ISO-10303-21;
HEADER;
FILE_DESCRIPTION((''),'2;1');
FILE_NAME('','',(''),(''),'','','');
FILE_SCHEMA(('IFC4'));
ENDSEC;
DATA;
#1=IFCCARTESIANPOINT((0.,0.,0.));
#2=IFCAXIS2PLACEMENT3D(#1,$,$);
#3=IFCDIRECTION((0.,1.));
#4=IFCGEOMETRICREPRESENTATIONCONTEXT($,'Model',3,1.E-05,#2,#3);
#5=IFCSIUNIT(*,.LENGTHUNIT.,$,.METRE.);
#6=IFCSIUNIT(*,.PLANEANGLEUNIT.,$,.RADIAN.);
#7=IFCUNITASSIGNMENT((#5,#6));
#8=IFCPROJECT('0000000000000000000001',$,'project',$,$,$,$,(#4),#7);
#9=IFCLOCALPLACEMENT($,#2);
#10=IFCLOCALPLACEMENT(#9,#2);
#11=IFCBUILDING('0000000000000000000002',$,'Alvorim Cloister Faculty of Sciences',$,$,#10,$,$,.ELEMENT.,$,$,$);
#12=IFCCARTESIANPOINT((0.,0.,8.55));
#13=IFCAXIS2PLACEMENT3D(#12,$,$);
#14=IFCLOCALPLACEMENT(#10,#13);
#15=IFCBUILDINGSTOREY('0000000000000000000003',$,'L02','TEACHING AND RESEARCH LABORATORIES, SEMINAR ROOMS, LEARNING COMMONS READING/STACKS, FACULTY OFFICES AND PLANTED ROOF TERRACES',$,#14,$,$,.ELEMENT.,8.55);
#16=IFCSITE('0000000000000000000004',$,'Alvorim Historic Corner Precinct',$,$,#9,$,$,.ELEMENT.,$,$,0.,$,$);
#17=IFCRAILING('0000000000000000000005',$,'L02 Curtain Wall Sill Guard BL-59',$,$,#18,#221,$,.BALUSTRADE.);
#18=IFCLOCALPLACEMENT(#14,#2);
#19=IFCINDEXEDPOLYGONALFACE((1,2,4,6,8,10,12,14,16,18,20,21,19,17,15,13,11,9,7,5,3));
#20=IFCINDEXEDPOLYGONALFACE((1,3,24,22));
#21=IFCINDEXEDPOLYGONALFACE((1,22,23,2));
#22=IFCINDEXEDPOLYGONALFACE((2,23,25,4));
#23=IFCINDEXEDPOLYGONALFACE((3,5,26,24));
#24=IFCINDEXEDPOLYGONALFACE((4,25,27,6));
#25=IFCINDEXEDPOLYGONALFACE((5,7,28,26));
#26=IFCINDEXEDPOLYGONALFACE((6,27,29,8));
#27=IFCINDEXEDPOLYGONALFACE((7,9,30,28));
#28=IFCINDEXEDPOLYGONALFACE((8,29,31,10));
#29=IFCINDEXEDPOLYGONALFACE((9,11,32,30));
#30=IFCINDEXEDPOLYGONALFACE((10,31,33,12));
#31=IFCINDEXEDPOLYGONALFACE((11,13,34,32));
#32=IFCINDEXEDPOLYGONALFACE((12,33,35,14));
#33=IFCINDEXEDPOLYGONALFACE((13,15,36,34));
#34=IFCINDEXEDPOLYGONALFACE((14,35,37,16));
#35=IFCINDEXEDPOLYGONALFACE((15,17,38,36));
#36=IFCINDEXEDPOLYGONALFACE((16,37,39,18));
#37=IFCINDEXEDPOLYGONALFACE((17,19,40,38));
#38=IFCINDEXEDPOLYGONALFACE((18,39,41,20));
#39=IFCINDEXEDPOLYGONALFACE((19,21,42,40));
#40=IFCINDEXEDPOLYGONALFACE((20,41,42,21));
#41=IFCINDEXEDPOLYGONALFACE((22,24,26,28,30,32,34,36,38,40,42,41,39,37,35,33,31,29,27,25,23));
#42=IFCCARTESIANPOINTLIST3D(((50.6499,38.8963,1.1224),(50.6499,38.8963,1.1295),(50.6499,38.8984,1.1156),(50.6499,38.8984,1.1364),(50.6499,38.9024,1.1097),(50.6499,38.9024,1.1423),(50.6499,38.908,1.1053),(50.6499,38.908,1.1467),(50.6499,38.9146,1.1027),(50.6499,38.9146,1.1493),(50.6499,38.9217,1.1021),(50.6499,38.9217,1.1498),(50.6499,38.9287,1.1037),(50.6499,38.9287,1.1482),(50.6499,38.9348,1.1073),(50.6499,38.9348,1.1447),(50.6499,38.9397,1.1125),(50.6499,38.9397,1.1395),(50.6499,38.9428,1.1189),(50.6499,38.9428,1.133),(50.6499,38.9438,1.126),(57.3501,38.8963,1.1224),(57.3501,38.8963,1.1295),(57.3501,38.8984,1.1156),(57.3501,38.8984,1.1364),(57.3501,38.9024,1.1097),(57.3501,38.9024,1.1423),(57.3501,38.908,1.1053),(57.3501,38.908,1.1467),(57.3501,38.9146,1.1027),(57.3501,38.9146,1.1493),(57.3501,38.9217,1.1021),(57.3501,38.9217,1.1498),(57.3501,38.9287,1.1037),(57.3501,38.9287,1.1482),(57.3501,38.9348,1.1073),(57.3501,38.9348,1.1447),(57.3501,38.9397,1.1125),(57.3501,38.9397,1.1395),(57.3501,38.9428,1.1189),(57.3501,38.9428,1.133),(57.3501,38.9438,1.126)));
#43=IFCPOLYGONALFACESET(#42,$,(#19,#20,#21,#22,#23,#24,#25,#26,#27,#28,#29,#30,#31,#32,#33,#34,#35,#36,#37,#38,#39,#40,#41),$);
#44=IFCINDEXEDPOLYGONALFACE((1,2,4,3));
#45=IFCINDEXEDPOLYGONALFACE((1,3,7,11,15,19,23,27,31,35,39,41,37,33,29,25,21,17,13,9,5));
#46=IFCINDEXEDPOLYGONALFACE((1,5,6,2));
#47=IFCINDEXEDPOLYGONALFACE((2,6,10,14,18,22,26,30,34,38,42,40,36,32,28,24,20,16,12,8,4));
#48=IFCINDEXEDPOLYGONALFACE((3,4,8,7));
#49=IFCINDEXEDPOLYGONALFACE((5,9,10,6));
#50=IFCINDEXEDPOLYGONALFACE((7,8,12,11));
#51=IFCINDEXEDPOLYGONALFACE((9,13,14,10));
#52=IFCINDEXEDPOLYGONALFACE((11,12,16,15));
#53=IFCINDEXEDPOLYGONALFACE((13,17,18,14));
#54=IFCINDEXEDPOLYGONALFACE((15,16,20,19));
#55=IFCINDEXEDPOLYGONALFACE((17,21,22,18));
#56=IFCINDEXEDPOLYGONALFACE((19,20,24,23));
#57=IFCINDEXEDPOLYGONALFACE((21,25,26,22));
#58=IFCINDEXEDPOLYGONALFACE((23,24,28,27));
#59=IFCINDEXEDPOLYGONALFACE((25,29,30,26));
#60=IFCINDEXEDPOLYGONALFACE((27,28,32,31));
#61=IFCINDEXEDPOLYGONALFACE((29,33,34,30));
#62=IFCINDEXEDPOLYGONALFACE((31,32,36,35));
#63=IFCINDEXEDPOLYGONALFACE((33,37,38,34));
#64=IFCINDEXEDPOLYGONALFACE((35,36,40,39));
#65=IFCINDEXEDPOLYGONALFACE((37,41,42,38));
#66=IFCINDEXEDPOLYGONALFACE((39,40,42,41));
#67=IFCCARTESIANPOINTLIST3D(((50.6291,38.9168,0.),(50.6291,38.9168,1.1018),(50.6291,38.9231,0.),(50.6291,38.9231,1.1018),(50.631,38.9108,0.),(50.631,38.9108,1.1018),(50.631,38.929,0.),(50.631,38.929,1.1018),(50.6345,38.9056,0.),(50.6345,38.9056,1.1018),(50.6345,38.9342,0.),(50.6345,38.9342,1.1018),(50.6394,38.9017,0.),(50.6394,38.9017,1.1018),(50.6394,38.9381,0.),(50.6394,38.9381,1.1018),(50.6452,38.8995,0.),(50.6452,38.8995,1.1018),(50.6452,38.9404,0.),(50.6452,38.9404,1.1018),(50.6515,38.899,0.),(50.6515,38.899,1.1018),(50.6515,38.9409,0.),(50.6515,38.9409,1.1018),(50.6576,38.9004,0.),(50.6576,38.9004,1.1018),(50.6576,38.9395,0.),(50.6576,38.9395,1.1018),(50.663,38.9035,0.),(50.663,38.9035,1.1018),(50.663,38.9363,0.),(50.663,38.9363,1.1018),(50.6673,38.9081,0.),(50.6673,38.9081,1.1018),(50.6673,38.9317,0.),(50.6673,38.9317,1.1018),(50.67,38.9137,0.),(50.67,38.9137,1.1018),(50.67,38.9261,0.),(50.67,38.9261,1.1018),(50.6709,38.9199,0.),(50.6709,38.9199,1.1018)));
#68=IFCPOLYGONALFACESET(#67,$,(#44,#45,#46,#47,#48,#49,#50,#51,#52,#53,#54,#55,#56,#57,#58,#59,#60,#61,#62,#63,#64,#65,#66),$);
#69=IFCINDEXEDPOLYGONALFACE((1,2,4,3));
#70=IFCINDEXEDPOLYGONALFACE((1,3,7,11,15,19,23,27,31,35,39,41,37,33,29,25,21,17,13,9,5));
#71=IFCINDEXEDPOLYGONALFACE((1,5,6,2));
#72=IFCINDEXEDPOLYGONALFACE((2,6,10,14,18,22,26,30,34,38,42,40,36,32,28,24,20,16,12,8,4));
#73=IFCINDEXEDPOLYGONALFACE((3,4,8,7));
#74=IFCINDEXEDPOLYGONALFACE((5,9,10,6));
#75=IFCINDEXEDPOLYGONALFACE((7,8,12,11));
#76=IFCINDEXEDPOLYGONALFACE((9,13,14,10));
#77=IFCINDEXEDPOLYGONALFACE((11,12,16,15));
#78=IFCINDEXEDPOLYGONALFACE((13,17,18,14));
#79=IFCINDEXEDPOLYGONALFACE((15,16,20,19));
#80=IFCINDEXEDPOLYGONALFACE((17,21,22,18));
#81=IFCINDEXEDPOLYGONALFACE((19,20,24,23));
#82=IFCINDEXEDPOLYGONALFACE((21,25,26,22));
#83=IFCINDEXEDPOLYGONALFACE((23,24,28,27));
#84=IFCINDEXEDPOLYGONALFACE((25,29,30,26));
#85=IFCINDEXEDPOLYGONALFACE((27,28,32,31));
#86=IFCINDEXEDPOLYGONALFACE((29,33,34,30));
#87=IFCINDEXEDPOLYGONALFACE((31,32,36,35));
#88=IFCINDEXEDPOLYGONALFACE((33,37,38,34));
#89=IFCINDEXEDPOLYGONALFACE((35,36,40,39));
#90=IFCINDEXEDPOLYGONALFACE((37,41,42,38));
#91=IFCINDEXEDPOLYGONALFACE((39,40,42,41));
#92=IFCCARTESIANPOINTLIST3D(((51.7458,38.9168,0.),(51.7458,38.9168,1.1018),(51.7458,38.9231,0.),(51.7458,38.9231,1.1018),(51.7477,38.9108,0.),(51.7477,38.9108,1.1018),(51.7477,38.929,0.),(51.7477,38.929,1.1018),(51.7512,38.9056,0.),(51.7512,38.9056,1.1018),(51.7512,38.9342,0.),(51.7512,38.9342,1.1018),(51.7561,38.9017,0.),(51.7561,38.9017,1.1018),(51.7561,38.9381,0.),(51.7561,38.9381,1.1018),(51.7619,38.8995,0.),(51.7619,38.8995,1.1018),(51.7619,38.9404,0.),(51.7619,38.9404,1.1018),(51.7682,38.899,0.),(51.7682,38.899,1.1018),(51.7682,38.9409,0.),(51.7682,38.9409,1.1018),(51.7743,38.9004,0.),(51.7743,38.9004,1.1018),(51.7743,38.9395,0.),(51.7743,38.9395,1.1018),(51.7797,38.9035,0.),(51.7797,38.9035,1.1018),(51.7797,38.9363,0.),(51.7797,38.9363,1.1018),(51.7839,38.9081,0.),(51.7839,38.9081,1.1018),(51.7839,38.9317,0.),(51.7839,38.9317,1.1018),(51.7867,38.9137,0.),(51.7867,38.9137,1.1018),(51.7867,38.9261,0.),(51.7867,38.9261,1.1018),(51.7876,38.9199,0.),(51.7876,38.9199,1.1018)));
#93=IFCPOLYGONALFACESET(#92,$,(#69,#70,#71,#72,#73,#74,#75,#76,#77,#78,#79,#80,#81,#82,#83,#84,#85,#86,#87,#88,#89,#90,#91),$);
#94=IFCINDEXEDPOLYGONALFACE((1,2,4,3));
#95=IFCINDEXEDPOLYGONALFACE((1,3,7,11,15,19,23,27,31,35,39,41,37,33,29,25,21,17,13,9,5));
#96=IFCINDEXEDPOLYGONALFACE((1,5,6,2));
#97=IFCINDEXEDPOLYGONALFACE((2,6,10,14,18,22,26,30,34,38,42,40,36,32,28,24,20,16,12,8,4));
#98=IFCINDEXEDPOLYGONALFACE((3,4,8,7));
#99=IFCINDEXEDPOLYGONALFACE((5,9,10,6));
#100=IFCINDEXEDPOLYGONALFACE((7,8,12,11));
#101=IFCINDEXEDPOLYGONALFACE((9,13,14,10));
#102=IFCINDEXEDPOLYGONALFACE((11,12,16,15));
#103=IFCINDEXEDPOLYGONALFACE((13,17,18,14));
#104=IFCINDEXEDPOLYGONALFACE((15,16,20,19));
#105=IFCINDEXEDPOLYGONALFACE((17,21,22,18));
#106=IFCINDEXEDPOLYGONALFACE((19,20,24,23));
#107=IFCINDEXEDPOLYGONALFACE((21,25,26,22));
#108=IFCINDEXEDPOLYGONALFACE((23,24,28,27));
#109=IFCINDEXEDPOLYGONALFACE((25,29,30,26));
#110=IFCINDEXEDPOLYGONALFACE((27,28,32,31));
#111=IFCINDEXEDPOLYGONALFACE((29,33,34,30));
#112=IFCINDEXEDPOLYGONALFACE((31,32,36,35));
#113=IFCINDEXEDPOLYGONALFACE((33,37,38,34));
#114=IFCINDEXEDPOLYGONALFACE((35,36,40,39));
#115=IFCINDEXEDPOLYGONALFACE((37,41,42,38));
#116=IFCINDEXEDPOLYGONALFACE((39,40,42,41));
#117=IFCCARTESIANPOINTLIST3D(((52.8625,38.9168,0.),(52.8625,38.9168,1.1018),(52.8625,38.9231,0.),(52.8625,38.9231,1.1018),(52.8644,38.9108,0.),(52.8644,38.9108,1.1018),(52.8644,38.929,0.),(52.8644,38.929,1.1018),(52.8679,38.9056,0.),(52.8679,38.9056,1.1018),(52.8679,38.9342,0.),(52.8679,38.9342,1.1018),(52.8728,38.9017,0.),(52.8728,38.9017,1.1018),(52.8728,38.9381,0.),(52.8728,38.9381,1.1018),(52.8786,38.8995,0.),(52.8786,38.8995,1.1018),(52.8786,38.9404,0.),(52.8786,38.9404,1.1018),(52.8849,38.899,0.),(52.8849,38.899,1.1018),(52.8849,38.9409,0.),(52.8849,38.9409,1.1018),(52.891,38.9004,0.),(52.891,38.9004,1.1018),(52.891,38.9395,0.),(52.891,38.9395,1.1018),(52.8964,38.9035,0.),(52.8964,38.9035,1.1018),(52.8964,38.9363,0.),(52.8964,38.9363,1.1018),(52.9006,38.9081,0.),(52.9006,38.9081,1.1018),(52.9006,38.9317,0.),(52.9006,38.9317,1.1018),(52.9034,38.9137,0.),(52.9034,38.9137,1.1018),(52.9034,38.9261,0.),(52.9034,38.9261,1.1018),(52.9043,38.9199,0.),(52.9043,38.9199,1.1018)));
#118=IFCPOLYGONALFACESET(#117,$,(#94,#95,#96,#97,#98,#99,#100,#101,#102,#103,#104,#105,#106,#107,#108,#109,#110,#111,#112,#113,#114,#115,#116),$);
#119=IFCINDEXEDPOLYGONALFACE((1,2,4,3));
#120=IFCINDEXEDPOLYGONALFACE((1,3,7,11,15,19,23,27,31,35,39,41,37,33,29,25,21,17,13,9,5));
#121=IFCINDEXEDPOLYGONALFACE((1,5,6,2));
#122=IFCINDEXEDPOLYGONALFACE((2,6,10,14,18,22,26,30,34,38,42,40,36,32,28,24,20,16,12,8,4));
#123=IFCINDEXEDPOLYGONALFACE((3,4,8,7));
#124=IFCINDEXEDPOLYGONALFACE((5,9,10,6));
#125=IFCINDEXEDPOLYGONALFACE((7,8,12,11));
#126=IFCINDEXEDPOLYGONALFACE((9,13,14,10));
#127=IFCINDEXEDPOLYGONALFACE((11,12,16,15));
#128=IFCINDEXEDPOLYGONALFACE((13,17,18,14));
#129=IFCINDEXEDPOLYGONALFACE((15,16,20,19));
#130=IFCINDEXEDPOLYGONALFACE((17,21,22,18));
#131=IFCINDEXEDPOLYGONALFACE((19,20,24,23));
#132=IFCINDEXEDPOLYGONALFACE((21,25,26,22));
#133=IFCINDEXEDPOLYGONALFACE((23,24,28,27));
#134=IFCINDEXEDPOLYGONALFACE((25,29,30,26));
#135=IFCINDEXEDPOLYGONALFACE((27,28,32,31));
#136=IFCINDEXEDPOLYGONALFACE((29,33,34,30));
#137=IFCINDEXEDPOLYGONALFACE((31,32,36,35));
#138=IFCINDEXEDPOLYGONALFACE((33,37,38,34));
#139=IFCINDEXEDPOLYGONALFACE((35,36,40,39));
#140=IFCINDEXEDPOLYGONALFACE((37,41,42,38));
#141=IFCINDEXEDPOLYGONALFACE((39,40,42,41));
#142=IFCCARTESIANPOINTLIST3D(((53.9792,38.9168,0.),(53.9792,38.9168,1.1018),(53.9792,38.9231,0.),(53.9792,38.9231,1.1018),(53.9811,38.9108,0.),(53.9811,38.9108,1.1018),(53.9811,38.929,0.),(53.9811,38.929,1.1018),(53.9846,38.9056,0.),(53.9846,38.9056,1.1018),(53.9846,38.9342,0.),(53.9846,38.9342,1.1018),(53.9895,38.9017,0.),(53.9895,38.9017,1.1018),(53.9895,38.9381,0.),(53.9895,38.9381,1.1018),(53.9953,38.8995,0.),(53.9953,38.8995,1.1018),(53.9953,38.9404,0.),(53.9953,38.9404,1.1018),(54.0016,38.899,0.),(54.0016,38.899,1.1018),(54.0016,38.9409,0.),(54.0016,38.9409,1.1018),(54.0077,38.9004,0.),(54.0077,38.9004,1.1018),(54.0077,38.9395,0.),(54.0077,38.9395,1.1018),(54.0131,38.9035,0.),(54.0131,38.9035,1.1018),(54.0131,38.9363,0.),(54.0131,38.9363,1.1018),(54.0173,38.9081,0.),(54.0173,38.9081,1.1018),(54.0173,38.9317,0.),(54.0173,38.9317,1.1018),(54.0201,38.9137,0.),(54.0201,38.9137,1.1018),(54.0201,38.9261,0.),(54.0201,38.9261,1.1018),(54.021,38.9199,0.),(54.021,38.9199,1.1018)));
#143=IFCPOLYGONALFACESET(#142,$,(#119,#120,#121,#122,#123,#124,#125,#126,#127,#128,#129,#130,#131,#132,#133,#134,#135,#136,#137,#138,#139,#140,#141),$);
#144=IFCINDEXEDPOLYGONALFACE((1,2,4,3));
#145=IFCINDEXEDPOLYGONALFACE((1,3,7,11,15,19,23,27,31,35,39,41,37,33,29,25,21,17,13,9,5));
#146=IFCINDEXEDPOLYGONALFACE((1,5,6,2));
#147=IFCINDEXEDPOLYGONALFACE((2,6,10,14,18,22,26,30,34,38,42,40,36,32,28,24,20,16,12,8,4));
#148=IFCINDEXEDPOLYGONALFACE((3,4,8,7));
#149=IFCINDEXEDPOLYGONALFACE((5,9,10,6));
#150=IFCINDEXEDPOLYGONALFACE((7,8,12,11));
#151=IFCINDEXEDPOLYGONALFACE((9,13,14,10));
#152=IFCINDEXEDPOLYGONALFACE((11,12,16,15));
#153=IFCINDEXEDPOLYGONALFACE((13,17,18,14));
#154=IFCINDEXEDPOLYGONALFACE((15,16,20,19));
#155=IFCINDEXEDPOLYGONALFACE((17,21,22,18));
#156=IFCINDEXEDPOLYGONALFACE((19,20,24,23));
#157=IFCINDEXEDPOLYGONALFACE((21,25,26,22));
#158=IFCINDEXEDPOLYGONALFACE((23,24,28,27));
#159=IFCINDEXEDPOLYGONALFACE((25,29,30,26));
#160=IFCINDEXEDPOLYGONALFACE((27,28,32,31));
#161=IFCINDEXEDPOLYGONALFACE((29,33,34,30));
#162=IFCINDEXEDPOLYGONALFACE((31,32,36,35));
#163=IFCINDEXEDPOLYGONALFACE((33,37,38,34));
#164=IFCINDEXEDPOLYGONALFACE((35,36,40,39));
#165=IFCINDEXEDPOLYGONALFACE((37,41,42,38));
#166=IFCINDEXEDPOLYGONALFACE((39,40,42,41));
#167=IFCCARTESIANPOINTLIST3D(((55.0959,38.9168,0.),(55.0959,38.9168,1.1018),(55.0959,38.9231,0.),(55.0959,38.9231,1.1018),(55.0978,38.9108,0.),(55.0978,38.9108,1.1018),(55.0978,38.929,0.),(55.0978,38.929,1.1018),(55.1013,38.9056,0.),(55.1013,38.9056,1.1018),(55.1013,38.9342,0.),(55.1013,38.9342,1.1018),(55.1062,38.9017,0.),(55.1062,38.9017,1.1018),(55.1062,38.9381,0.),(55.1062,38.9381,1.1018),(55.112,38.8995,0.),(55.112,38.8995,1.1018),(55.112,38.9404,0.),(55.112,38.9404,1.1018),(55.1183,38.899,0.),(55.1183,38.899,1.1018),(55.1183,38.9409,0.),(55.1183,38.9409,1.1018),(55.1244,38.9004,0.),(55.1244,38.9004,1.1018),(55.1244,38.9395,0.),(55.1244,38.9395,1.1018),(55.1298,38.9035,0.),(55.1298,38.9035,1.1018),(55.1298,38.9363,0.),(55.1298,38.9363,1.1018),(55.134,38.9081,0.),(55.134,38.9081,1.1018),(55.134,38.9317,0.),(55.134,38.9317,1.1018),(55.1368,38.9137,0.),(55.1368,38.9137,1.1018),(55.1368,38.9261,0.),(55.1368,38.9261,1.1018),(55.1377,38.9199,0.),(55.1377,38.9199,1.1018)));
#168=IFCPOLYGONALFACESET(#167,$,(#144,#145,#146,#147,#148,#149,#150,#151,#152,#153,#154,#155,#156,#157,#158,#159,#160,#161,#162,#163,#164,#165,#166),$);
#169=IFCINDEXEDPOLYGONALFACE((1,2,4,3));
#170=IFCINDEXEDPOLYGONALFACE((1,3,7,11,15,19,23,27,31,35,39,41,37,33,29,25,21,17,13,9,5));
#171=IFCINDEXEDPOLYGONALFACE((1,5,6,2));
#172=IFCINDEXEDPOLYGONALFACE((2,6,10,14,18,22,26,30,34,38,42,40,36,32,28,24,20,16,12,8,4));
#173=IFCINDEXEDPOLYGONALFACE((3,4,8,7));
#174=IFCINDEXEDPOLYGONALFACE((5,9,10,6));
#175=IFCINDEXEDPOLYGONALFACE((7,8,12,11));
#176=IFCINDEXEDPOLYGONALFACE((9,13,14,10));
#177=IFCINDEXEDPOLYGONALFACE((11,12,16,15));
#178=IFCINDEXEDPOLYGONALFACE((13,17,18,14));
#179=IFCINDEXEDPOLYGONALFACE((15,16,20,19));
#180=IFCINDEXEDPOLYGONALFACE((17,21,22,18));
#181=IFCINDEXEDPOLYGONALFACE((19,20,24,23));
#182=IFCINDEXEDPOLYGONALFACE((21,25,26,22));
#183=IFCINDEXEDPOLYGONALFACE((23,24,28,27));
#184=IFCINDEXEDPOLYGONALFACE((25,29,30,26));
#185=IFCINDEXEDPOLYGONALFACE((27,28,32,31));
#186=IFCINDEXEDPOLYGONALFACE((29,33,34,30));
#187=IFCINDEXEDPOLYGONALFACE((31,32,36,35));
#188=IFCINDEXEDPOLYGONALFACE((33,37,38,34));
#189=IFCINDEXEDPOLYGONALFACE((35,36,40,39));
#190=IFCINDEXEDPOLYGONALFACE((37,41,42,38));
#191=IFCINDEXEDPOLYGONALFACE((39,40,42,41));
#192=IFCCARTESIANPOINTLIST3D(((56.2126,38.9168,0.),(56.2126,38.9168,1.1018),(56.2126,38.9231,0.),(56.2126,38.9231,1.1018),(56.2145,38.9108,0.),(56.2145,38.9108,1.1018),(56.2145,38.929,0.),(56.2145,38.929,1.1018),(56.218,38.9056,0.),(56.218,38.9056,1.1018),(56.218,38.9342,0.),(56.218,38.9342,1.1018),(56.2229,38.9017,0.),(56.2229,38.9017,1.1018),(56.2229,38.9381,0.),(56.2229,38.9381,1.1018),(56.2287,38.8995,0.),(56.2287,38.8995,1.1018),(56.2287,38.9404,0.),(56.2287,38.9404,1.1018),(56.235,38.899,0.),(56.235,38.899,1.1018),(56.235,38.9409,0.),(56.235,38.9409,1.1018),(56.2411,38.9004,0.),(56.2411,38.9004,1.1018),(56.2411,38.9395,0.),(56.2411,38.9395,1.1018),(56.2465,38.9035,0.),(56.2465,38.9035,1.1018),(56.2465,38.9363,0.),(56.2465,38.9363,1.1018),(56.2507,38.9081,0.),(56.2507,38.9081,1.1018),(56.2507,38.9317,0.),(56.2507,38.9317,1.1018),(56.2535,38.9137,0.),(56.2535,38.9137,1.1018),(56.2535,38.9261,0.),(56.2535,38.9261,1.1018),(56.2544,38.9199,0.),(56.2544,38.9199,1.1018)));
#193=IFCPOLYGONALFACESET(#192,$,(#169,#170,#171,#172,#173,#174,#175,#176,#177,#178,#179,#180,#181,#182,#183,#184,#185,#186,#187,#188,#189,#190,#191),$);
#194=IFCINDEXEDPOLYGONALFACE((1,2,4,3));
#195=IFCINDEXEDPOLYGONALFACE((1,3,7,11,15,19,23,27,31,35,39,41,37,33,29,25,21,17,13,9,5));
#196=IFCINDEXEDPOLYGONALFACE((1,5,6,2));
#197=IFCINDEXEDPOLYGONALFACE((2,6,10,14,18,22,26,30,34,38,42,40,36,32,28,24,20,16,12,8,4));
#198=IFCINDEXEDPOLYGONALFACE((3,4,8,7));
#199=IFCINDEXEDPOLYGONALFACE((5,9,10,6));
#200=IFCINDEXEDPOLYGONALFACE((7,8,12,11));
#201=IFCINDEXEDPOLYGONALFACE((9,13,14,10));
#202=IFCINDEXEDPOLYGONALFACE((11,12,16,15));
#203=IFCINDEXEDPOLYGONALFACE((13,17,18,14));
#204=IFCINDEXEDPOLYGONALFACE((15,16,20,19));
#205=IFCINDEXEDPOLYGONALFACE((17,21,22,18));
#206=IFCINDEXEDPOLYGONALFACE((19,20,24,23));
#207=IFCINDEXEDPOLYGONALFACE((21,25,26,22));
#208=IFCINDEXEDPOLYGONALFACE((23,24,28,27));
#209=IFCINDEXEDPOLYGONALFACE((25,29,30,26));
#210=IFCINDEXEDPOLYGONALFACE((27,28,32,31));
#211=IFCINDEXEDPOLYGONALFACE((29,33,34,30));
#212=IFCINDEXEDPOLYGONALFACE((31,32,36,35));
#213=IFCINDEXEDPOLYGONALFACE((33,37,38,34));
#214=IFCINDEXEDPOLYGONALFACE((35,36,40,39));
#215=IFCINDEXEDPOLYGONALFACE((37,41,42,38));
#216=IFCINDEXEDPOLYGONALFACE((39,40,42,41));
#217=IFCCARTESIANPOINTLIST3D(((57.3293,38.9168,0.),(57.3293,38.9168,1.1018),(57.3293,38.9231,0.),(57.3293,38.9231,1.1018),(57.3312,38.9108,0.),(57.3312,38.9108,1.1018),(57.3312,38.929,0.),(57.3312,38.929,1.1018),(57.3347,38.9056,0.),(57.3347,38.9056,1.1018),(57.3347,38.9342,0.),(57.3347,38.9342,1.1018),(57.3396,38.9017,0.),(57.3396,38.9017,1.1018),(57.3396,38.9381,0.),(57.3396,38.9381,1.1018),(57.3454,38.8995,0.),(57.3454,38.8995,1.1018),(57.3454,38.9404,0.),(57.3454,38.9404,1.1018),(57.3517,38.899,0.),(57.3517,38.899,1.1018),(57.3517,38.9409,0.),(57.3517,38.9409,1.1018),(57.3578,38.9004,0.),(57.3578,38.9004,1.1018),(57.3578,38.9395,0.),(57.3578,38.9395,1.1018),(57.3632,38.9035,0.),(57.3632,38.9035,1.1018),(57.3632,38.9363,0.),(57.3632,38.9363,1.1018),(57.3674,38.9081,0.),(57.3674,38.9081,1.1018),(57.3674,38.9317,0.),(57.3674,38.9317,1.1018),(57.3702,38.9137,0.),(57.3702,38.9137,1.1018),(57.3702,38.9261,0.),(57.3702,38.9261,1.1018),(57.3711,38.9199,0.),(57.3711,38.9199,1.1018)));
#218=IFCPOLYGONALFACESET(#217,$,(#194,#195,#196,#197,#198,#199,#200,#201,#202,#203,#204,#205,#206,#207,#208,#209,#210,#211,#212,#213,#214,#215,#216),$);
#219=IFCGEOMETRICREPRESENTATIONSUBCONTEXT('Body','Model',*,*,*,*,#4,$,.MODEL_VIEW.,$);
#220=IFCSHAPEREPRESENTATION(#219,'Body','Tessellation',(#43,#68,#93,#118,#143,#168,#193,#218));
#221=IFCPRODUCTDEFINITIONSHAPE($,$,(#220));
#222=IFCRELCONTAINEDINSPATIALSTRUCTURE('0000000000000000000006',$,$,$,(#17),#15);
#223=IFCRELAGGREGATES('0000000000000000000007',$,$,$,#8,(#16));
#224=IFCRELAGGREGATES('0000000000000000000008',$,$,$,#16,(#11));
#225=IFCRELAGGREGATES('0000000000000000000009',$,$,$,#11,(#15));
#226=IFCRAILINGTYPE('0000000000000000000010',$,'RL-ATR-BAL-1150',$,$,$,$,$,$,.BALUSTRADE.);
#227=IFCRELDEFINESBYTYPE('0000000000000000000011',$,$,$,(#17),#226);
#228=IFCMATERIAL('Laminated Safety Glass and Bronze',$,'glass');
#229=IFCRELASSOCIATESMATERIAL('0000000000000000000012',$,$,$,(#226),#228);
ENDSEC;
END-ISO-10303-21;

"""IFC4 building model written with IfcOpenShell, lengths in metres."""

from ifc_helpers import new_model, si_unit, direction, frame, origin, origin_2d, place, context, subcontext, project, spatial, circle, extrude, material, type_object, element, save


model = new_model("IFC4")

# Units and contexts
model_context = context("Model", 3, precision=1e-05, world=origin(), true_north=direction((0.0, 1.0)))
body_context = subcontext(model_context, "Body", "Model", "MODEL_VIEW")
ifc_project = project(units=[si_unit("LENGTHUNIT", "METRE"), si_unit("PLANEANGLEUNIT", "RADIAN")], contexts=[model_context])

# Site, building, storey
site_placement = place(None, origin())
site = spatial("IfcSite", under=ifc_project, at=site_placement, Name="Alvorim Historic Corner Precinct", CompositionType="ELEMENT", RefElevation=0.0)
building_placement = place(site_placement, origin())
building = spatial("IfcBuilding", under=site, at=building_placement, Name="Alvorim Cloister Faculty of Sciences", CompositionType="ELEMENT")
storey_placement = place(building_placement, frame((0.0, 0.0, 8.55)))
storey = spatial("IfcBuildingStorey", under=building, at=storey_placement, Name="L02", Description="TEACHING AND RESEARCH LABORATORIES, SEMINAR ROOMS, LEARNING COMMONS READING/STACKS, FACULTY OFFICES AND PLANTED ROOF TERRACES", CompositionType="ELEMENT", Elevation=8.55)

# Railing
ifc_material_1 = material(Name="Laminated Safety Glass and Bronze", Category="glass")
railing_type = type_object("IfcRailingType", Name="RL-ATR-BAL-1150", PredefinedType="BALUSTRADE", material=ifc_material_1)
railing_placement = place(storey_placement, frame((50.6499, 38.9199, 0.0)))
element("IfcRailing", 1, at=railing_placement, inside=storey, type_object=railing_type, Name="L02 Curtain Wall Sill Guard BL-59", PredefinedType="BALUSTRADE", context=body_context, shape_type="SweptSolid", body=[
    extrude(circle(Radius=0.0239, at=origin_2d()), frame((0.0, 0.0, 1.126), z_axis=(1.0, 0.0, 0.0), x_axis=(0.0, 1.0, 0.0)), (0.0, 0.0, 1.0), 6.7002),
    extrude(circle(Radius=0.021, at=origin_2d()), origin(), (0.0, 0.0, 1.0), 1.1018),
    extrude(circle(Radius=0.021, at=origin_2d()), frame((1.1167, 0.0, 0.0)), (0.0, 0.0, 1.0), 1.1018),
    extrude(circle(Radius=0.021, at=origin_2d()), frame((2.2334, 0.0, 0.0)), (0.0, 0.0, 1.0), 1.1018),
    extrude(circle(Radius=0.021, at=origin_2d()), frame((3.3501, 0.0, 0.0)), (0.0, 0.0, 1.0), 1.1018),
    extrude(circle(Radius=0.021, at=origin_2d()), frame((4.4668, 0.0, 0.0)), (0.0, 0.0, 1.0), 1.1018),
    extrude(circle(Radius=0.021, at=origin_2d()), frame((5.5835, 0.0, 0.0)), (0.0, 0.0, 1.0), 1.1018),
    extrude(circle(Radius=0.021, at=origin_2d()), frame((6.7002, 0.0, 0.0)), (0.0, 0.0, 1.0), 1.1018),
])

save(model, "model.ifc")
